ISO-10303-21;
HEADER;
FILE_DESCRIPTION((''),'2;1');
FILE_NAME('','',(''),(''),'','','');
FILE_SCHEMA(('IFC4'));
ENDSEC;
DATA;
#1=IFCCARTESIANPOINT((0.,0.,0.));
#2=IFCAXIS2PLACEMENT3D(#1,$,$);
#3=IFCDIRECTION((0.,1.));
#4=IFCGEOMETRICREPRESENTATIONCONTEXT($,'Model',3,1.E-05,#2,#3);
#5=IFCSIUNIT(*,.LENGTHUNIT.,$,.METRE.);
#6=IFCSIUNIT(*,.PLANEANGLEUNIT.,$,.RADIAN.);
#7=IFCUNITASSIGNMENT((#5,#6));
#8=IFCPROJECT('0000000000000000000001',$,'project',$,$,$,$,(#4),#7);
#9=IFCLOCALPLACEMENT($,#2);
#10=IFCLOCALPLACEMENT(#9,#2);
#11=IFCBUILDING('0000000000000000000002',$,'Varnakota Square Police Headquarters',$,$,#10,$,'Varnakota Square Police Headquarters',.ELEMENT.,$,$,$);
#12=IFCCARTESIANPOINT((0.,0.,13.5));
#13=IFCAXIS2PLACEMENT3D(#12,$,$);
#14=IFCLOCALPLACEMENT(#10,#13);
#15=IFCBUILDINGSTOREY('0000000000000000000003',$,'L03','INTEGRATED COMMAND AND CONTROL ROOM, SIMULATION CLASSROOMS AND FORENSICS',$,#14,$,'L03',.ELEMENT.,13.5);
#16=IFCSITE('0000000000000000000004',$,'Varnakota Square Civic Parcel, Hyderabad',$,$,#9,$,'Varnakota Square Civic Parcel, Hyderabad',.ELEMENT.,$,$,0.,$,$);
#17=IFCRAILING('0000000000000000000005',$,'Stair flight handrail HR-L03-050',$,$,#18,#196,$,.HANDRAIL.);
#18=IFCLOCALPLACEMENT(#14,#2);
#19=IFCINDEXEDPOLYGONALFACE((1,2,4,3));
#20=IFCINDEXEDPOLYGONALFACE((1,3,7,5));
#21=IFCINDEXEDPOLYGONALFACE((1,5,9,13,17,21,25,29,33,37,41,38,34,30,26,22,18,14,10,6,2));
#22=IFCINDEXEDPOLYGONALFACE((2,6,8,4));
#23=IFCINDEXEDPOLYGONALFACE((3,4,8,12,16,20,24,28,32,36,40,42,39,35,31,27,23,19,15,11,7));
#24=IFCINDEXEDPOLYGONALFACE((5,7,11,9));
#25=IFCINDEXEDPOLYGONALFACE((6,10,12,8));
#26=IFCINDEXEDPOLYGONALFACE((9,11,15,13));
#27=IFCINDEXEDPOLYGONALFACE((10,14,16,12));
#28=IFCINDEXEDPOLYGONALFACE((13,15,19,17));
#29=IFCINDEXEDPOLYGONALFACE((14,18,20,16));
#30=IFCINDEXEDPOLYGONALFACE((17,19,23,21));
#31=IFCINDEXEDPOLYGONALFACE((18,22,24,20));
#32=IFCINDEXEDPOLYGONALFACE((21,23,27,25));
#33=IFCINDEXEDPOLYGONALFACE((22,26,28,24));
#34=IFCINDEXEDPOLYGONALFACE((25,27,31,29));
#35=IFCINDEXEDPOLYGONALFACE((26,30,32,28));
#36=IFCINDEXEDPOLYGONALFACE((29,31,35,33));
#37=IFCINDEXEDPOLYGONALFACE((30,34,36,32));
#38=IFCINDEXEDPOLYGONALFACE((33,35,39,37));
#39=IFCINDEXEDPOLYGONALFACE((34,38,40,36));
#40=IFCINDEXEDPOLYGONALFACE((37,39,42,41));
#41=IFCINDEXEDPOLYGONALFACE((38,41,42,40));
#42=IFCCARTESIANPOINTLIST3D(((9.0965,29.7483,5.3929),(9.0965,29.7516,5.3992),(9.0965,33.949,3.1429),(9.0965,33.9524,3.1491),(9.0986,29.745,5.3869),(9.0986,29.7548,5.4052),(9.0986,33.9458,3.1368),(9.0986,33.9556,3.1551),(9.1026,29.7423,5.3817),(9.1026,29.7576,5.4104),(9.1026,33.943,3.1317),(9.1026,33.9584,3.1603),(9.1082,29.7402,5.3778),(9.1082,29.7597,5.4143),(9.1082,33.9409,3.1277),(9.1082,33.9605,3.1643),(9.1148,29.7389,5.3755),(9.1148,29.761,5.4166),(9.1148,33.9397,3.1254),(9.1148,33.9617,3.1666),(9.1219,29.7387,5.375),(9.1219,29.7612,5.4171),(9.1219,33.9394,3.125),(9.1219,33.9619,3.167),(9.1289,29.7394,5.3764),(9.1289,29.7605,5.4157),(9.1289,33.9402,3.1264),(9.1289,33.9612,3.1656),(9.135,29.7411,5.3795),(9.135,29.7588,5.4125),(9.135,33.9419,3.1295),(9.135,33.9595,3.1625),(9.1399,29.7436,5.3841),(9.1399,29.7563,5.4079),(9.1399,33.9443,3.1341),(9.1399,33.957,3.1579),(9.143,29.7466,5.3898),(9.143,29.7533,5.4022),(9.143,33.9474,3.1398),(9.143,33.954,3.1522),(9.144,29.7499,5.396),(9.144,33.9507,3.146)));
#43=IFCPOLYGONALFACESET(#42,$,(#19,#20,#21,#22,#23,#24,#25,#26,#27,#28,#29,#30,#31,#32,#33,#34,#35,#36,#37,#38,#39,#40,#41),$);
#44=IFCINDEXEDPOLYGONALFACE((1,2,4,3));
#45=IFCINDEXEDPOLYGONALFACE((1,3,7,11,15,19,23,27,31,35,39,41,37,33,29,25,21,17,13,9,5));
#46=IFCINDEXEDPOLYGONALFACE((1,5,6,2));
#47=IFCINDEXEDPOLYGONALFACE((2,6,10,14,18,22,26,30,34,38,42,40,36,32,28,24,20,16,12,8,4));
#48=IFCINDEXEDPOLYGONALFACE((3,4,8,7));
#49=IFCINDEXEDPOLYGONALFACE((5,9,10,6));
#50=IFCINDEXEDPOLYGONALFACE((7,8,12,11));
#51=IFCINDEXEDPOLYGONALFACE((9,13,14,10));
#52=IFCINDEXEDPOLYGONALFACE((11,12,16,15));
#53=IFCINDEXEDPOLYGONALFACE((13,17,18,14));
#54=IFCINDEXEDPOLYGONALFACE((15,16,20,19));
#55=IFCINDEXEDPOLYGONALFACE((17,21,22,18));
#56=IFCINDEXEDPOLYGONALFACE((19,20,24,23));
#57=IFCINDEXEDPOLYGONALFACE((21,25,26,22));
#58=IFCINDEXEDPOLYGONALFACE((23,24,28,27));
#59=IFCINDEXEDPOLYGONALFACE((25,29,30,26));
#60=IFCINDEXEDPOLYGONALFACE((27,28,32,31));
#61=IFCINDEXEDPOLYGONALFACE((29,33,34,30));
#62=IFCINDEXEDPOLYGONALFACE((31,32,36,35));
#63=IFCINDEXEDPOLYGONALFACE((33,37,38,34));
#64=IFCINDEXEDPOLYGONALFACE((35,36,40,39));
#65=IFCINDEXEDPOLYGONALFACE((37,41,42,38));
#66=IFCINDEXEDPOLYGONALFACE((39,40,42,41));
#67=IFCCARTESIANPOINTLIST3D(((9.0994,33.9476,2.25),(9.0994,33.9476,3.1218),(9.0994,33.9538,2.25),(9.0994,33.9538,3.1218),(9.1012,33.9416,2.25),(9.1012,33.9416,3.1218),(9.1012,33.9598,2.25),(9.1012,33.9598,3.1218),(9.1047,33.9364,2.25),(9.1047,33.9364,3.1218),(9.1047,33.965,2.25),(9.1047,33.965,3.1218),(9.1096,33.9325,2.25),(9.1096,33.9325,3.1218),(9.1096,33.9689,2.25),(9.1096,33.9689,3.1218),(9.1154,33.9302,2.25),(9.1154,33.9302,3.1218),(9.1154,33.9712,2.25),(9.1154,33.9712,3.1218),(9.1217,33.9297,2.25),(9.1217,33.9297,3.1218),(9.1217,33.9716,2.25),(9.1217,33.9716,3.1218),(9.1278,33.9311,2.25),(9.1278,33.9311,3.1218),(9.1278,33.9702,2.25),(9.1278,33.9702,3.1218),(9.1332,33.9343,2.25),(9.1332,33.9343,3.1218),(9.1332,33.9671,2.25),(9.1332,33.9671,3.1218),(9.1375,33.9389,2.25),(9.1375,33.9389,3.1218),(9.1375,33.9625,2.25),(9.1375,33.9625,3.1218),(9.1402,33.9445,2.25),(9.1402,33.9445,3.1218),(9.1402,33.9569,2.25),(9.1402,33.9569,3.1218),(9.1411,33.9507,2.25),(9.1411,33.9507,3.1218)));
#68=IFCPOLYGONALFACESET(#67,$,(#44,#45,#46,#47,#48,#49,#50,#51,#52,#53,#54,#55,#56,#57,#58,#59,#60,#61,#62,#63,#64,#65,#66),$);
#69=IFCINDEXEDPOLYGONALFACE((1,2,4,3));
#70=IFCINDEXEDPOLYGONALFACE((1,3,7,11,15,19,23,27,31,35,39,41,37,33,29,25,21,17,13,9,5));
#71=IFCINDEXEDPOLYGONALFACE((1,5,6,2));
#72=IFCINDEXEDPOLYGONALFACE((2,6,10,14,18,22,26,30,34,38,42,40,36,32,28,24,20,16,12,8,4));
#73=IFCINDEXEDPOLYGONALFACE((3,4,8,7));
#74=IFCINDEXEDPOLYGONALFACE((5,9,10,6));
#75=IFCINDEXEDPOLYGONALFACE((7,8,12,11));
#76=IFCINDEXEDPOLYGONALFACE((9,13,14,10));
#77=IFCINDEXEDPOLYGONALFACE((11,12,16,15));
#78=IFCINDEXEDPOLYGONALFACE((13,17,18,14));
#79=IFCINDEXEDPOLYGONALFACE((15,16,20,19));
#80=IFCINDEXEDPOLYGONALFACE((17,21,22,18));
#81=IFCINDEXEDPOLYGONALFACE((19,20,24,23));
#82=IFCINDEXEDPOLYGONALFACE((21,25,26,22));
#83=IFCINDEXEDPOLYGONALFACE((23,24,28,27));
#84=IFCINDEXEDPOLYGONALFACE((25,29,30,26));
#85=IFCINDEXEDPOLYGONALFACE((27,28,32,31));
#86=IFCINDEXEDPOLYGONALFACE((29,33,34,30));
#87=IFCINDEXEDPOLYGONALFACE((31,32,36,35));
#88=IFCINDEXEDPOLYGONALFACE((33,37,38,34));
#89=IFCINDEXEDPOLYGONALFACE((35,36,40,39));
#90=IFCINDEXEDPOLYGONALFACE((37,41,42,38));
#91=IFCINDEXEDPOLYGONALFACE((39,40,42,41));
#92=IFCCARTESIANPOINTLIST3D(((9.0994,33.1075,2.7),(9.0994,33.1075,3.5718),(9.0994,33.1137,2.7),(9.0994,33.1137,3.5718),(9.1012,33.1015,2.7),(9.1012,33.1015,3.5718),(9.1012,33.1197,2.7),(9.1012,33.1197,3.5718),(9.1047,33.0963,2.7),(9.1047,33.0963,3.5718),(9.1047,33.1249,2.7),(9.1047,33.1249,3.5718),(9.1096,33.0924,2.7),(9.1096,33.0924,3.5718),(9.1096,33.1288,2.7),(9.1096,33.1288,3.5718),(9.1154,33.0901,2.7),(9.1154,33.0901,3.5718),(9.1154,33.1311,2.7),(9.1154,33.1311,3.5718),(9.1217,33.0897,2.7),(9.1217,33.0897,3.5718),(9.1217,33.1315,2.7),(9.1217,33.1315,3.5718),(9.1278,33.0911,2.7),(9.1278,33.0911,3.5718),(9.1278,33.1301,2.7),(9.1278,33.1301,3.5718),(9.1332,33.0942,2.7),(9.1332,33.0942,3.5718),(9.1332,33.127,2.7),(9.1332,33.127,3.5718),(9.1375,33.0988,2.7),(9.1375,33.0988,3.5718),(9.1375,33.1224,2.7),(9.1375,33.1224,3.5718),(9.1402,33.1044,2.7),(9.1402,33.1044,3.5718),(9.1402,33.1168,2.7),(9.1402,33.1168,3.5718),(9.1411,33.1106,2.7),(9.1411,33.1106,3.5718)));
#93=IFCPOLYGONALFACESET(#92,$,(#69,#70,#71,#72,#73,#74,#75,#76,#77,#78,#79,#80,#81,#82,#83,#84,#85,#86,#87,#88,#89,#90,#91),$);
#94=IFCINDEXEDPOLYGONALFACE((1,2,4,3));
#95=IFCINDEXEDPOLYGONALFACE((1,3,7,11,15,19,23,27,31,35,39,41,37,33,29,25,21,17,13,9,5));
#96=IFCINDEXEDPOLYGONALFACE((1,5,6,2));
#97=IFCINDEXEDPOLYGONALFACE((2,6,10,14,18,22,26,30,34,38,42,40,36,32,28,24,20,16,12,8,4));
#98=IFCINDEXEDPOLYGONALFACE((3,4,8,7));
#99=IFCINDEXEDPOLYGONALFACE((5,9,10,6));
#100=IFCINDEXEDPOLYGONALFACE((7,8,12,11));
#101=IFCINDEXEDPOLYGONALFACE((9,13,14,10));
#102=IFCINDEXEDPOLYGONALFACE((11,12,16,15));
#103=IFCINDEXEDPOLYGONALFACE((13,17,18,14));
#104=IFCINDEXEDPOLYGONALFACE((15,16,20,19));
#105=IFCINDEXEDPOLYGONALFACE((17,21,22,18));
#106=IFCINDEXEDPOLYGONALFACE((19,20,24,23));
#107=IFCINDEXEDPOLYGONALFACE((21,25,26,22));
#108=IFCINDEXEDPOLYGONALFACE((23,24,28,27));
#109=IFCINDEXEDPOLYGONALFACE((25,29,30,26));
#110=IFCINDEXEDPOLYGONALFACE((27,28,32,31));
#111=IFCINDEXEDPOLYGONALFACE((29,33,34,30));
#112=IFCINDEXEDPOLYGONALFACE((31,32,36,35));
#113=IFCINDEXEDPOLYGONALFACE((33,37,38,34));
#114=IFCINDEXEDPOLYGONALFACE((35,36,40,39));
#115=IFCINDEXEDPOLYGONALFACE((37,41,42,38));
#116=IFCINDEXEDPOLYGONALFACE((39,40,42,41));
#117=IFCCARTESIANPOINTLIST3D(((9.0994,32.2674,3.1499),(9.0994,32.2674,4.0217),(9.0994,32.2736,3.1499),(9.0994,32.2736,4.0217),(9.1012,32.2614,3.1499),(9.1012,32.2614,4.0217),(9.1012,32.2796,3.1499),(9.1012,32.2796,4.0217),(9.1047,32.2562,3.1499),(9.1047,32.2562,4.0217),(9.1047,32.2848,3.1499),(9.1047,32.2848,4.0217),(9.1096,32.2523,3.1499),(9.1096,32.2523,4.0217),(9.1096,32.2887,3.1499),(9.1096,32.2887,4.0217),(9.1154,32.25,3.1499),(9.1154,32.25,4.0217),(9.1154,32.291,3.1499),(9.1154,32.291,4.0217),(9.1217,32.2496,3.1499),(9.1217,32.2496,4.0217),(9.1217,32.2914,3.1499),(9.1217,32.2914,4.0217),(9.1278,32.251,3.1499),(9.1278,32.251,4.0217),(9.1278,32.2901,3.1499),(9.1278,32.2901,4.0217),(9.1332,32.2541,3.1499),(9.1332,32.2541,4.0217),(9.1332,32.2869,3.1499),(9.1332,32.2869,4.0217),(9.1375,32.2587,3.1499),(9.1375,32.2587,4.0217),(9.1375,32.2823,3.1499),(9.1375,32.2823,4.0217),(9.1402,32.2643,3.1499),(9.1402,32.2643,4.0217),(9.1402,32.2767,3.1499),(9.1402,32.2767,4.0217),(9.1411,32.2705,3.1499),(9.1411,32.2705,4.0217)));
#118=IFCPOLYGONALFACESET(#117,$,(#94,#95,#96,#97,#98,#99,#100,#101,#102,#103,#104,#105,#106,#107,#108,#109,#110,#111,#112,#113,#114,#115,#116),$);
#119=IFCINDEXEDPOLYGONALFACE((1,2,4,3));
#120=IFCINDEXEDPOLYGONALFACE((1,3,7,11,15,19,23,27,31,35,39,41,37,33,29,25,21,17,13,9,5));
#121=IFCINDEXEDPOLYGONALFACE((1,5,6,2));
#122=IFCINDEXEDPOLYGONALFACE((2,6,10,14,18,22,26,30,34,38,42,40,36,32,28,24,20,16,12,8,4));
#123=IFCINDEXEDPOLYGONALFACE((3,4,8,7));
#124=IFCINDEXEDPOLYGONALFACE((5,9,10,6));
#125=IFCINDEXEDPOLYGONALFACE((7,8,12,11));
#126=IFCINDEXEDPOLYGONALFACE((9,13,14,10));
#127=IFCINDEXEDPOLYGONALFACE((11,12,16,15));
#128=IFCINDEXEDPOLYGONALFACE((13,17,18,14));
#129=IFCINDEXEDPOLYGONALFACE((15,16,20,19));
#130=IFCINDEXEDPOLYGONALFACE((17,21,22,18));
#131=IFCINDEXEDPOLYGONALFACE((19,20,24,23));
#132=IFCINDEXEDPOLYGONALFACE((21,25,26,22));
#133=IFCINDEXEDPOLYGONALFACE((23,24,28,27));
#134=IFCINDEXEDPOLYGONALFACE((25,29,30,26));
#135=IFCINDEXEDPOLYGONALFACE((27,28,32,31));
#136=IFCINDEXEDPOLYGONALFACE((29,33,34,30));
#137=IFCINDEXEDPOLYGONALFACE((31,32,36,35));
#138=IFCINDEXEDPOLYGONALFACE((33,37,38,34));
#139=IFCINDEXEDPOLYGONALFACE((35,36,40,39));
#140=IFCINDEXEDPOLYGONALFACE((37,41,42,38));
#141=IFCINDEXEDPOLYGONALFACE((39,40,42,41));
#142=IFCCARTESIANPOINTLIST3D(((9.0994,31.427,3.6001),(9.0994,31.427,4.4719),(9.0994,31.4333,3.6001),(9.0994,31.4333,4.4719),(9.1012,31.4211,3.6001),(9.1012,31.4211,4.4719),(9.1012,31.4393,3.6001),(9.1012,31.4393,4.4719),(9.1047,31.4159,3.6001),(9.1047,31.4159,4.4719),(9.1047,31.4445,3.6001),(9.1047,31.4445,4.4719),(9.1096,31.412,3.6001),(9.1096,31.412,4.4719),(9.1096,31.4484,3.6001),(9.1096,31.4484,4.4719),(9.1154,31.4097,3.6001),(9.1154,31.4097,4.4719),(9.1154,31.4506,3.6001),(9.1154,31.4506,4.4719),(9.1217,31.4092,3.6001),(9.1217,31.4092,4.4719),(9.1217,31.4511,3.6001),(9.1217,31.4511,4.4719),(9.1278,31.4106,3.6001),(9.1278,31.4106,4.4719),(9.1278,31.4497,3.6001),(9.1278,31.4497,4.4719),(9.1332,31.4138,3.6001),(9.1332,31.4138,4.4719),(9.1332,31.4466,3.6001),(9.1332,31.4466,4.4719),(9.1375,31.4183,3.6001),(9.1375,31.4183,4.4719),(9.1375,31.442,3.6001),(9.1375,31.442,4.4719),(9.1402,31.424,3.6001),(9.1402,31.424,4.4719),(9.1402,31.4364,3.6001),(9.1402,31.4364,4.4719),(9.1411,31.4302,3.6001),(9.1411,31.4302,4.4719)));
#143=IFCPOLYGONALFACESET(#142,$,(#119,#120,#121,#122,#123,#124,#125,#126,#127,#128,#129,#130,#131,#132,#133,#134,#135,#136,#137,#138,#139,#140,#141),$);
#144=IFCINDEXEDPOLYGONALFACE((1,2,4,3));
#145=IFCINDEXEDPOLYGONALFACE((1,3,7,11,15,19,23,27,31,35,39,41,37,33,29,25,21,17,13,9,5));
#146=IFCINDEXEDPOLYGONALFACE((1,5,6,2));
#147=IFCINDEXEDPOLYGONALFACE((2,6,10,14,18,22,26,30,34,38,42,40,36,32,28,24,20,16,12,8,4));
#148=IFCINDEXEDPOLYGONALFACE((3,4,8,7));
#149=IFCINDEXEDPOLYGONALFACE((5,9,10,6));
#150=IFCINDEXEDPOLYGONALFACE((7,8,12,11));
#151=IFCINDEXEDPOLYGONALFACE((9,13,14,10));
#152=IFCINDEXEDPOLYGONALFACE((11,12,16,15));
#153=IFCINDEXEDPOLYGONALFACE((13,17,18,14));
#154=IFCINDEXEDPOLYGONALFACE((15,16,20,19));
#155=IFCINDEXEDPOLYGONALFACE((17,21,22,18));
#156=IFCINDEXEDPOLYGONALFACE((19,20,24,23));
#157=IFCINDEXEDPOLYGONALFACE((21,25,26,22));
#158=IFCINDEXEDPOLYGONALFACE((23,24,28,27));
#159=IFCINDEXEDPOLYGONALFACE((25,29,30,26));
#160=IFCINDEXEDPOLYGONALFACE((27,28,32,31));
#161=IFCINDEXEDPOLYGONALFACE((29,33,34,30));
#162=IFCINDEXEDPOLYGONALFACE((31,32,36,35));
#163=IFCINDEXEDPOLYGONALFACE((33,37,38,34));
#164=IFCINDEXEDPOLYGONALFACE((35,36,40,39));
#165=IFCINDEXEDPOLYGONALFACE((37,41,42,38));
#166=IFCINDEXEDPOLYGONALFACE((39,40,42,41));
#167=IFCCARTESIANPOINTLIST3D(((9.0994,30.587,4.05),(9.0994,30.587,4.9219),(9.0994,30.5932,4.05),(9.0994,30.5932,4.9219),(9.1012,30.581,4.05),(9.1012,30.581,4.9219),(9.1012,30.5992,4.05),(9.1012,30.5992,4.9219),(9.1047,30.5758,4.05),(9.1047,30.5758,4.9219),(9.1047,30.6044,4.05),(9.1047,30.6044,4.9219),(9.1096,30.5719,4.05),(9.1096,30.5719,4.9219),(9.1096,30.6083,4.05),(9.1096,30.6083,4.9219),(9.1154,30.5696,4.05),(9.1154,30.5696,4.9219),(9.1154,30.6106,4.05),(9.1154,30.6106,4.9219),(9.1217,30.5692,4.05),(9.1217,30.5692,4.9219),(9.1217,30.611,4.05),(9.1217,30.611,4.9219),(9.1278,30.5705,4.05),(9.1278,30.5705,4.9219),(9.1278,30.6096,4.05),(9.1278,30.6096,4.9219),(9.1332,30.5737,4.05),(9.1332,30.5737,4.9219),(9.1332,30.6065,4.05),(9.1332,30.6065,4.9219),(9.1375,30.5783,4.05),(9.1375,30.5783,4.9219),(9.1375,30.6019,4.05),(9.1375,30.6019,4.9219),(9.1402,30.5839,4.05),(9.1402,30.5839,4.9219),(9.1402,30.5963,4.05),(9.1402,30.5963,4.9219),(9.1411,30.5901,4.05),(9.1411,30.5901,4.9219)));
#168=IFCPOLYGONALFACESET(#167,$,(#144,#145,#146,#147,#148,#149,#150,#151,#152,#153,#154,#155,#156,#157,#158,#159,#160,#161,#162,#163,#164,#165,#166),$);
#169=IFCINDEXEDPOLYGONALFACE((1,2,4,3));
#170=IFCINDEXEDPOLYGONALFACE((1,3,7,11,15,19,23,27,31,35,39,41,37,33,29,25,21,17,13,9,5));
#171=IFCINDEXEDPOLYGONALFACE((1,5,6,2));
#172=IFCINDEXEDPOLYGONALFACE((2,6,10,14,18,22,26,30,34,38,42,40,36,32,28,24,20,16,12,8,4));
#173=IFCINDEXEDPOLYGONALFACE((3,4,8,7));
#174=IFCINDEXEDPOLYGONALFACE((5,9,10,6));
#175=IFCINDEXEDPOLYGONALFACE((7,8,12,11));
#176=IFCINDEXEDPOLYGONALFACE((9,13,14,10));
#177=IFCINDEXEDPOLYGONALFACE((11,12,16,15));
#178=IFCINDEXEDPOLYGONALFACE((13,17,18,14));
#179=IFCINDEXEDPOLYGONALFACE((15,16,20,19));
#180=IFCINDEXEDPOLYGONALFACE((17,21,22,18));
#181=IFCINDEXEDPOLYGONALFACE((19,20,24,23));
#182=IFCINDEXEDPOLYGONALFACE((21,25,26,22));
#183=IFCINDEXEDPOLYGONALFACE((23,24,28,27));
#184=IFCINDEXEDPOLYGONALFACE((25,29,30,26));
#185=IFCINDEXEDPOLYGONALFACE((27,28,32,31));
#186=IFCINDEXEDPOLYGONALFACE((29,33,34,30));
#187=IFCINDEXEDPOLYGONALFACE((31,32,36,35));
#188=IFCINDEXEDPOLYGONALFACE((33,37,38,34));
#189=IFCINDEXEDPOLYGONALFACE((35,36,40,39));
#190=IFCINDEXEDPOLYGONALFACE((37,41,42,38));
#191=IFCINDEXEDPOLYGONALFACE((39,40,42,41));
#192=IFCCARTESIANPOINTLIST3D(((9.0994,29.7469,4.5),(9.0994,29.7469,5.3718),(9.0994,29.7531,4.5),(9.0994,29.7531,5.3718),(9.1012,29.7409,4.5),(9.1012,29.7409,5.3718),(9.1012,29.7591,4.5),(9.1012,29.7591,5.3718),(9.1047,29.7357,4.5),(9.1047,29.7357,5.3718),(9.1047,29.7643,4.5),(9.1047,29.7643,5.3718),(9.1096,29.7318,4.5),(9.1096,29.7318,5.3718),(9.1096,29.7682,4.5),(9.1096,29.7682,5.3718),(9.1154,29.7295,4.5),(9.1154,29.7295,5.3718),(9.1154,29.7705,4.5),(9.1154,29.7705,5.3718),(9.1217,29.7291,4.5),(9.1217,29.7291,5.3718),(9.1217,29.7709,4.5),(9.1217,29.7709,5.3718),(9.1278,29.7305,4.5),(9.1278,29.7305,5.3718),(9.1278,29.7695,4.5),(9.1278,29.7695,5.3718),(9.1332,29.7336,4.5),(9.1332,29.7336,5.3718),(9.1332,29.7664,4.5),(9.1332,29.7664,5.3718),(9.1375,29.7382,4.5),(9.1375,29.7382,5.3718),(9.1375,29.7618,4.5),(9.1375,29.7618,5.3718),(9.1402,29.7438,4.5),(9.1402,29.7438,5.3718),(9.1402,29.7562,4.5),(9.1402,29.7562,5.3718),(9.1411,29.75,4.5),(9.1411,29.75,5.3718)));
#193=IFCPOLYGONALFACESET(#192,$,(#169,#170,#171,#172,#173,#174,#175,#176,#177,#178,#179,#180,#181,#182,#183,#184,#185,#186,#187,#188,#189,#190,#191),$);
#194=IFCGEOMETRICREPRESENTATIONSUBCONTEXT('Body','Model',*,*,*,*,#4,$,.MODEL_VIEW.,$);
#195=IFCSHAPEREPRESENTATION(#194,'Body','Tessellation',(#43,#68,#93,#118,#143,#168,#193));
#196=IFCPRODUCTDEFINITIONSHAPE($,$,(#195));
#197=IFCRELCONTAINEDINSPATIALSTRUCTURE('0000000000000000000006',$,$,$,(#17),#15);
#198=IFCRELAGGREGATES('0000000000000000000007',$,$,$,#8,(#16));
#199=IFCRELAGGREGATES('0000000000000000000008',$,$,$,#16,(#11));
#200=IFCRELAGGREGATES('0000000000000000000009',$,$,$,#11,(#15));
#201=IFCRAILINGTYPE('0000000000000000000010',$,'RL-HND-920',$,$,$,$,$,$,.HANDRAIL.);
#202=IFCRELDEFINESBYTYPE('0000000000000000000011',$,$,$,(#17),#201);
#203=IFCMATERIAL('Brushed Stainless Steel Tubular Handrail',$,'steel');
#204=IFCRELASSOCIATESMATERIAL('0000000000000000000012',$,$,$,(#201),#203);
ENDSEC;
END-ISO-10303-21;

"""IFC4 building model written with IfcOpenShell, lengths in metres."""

from ifc_helpers import new_model, si_unit, direction, frame, origin, origin_2d, place, context, subcontext, project, spatial, circle, extrude, material, type_object, element, save


model = new_model("IFC4")

# Units and contexts
model_context = context("Model", 3, precision=1e-05, world=origin(), true_north=direction((0.0, 1.0)))
body_context = subcontext(model_context, "Body", "Model", "MODEL_VIEW")
ifc_project = project(units=[si_unit("LENGTHUNIT", "METRE"), si_unit("PLANEANGLEUNIT", "RADIAN")], contexts=[model_context])

# Site, building, storey
site_placement = place(None, origin())
site = spatial("IfcSite", under=ifc_project, at=site_placement, Name="Varnakota Square Civic Parcel, Hyderabad", LongName="Varnakota Square Civic Parcel, Hyderabad", CompositionType="ELEMENT", RefElevation=0.0)
building_placement = place(site_placement, origin())
building = spatial("IfcBuilding", under=site, at=building_placement, Name="Varnakota Square Police Headquarters", LongName="Varnakota Square Police Headquarters", CompositionType="ELEMENT")
storey_placement = place(building_placement, frame((0.0, 0.0, 13.5)))
storey = spatial("IfcBuildingStorey", under=building, at=storey_placement, Name="L03", Description="INTEGRATED COMMAND AND CONTROL ROOM, SIMULATION CLASSROOMS AND FORENSICS", LongName="L03", CompositionType="ELEMENT", Elevation=13.5)

# Railing
ifc_material_1 = material(Name="Brushed Stainless Steel Tubular Handrail", Category="steel")
railing_type_1 = type_object("IfcRailingType", Name="RL-HND-920", PredefinedType="HANDRAIL", material=ifc_material_1)
railing_1_placement = place(storey_placement, frame((9.1201, 33.9507, 2.25)))
element("IfcRailing", 1, at=railing_1_placement, inside=storey, type_object=railing_type_1, Name="Stair flight handrail HR-L03-050", PredefinedType="HANDRAIL", context=body_context, shape_type="SweptSolid", body=[
    extrude(circle(Radius=0.0239, at=origin_2d()), frame((0.0, 0.0, 0.896), z_axis=(0.0, -0.881512, 0.472162), x_axis=(1.0, 0.0, 0.0)), (0.0, 0.0, 1.0), 4.7654),
    extrude(circle(Radius=0.021, at=origin_2d()), origin(), (0.0, 0.0, 1.0), 0.8718),
    extrude(circle(Radius=0.021, at=origin_2d()), frame((0.0, -0.8401, 0.45)), (0.0, 0.0, 1.0), 0.8718),
    extrude(circle(Radius=0.021, at=origin_2d()), frame((0.0, -1.6802, 0.8999)), (0.0, 0.0, 1.0), 0.8718),
    extrude(circle(Radius=0.021, at=origin_2d()), frame((0.0, -2.5205, 1.3501)), (0.0, 0.0, 1.0), 0.8718),
    extrude(circle(Radius=0.021, at=origin_2d()), frame((0.0, -3.3606, 1.8)), (0.0, 0.0, 1.0), 0.8718),
    extrude(circle(Radius=0.021, at=origin_2d()), frame((0.0, -4.2007, 2.25)), (0.0, 0.0, 1.0), 0.8718),
])

save(model, "model.ifc")
